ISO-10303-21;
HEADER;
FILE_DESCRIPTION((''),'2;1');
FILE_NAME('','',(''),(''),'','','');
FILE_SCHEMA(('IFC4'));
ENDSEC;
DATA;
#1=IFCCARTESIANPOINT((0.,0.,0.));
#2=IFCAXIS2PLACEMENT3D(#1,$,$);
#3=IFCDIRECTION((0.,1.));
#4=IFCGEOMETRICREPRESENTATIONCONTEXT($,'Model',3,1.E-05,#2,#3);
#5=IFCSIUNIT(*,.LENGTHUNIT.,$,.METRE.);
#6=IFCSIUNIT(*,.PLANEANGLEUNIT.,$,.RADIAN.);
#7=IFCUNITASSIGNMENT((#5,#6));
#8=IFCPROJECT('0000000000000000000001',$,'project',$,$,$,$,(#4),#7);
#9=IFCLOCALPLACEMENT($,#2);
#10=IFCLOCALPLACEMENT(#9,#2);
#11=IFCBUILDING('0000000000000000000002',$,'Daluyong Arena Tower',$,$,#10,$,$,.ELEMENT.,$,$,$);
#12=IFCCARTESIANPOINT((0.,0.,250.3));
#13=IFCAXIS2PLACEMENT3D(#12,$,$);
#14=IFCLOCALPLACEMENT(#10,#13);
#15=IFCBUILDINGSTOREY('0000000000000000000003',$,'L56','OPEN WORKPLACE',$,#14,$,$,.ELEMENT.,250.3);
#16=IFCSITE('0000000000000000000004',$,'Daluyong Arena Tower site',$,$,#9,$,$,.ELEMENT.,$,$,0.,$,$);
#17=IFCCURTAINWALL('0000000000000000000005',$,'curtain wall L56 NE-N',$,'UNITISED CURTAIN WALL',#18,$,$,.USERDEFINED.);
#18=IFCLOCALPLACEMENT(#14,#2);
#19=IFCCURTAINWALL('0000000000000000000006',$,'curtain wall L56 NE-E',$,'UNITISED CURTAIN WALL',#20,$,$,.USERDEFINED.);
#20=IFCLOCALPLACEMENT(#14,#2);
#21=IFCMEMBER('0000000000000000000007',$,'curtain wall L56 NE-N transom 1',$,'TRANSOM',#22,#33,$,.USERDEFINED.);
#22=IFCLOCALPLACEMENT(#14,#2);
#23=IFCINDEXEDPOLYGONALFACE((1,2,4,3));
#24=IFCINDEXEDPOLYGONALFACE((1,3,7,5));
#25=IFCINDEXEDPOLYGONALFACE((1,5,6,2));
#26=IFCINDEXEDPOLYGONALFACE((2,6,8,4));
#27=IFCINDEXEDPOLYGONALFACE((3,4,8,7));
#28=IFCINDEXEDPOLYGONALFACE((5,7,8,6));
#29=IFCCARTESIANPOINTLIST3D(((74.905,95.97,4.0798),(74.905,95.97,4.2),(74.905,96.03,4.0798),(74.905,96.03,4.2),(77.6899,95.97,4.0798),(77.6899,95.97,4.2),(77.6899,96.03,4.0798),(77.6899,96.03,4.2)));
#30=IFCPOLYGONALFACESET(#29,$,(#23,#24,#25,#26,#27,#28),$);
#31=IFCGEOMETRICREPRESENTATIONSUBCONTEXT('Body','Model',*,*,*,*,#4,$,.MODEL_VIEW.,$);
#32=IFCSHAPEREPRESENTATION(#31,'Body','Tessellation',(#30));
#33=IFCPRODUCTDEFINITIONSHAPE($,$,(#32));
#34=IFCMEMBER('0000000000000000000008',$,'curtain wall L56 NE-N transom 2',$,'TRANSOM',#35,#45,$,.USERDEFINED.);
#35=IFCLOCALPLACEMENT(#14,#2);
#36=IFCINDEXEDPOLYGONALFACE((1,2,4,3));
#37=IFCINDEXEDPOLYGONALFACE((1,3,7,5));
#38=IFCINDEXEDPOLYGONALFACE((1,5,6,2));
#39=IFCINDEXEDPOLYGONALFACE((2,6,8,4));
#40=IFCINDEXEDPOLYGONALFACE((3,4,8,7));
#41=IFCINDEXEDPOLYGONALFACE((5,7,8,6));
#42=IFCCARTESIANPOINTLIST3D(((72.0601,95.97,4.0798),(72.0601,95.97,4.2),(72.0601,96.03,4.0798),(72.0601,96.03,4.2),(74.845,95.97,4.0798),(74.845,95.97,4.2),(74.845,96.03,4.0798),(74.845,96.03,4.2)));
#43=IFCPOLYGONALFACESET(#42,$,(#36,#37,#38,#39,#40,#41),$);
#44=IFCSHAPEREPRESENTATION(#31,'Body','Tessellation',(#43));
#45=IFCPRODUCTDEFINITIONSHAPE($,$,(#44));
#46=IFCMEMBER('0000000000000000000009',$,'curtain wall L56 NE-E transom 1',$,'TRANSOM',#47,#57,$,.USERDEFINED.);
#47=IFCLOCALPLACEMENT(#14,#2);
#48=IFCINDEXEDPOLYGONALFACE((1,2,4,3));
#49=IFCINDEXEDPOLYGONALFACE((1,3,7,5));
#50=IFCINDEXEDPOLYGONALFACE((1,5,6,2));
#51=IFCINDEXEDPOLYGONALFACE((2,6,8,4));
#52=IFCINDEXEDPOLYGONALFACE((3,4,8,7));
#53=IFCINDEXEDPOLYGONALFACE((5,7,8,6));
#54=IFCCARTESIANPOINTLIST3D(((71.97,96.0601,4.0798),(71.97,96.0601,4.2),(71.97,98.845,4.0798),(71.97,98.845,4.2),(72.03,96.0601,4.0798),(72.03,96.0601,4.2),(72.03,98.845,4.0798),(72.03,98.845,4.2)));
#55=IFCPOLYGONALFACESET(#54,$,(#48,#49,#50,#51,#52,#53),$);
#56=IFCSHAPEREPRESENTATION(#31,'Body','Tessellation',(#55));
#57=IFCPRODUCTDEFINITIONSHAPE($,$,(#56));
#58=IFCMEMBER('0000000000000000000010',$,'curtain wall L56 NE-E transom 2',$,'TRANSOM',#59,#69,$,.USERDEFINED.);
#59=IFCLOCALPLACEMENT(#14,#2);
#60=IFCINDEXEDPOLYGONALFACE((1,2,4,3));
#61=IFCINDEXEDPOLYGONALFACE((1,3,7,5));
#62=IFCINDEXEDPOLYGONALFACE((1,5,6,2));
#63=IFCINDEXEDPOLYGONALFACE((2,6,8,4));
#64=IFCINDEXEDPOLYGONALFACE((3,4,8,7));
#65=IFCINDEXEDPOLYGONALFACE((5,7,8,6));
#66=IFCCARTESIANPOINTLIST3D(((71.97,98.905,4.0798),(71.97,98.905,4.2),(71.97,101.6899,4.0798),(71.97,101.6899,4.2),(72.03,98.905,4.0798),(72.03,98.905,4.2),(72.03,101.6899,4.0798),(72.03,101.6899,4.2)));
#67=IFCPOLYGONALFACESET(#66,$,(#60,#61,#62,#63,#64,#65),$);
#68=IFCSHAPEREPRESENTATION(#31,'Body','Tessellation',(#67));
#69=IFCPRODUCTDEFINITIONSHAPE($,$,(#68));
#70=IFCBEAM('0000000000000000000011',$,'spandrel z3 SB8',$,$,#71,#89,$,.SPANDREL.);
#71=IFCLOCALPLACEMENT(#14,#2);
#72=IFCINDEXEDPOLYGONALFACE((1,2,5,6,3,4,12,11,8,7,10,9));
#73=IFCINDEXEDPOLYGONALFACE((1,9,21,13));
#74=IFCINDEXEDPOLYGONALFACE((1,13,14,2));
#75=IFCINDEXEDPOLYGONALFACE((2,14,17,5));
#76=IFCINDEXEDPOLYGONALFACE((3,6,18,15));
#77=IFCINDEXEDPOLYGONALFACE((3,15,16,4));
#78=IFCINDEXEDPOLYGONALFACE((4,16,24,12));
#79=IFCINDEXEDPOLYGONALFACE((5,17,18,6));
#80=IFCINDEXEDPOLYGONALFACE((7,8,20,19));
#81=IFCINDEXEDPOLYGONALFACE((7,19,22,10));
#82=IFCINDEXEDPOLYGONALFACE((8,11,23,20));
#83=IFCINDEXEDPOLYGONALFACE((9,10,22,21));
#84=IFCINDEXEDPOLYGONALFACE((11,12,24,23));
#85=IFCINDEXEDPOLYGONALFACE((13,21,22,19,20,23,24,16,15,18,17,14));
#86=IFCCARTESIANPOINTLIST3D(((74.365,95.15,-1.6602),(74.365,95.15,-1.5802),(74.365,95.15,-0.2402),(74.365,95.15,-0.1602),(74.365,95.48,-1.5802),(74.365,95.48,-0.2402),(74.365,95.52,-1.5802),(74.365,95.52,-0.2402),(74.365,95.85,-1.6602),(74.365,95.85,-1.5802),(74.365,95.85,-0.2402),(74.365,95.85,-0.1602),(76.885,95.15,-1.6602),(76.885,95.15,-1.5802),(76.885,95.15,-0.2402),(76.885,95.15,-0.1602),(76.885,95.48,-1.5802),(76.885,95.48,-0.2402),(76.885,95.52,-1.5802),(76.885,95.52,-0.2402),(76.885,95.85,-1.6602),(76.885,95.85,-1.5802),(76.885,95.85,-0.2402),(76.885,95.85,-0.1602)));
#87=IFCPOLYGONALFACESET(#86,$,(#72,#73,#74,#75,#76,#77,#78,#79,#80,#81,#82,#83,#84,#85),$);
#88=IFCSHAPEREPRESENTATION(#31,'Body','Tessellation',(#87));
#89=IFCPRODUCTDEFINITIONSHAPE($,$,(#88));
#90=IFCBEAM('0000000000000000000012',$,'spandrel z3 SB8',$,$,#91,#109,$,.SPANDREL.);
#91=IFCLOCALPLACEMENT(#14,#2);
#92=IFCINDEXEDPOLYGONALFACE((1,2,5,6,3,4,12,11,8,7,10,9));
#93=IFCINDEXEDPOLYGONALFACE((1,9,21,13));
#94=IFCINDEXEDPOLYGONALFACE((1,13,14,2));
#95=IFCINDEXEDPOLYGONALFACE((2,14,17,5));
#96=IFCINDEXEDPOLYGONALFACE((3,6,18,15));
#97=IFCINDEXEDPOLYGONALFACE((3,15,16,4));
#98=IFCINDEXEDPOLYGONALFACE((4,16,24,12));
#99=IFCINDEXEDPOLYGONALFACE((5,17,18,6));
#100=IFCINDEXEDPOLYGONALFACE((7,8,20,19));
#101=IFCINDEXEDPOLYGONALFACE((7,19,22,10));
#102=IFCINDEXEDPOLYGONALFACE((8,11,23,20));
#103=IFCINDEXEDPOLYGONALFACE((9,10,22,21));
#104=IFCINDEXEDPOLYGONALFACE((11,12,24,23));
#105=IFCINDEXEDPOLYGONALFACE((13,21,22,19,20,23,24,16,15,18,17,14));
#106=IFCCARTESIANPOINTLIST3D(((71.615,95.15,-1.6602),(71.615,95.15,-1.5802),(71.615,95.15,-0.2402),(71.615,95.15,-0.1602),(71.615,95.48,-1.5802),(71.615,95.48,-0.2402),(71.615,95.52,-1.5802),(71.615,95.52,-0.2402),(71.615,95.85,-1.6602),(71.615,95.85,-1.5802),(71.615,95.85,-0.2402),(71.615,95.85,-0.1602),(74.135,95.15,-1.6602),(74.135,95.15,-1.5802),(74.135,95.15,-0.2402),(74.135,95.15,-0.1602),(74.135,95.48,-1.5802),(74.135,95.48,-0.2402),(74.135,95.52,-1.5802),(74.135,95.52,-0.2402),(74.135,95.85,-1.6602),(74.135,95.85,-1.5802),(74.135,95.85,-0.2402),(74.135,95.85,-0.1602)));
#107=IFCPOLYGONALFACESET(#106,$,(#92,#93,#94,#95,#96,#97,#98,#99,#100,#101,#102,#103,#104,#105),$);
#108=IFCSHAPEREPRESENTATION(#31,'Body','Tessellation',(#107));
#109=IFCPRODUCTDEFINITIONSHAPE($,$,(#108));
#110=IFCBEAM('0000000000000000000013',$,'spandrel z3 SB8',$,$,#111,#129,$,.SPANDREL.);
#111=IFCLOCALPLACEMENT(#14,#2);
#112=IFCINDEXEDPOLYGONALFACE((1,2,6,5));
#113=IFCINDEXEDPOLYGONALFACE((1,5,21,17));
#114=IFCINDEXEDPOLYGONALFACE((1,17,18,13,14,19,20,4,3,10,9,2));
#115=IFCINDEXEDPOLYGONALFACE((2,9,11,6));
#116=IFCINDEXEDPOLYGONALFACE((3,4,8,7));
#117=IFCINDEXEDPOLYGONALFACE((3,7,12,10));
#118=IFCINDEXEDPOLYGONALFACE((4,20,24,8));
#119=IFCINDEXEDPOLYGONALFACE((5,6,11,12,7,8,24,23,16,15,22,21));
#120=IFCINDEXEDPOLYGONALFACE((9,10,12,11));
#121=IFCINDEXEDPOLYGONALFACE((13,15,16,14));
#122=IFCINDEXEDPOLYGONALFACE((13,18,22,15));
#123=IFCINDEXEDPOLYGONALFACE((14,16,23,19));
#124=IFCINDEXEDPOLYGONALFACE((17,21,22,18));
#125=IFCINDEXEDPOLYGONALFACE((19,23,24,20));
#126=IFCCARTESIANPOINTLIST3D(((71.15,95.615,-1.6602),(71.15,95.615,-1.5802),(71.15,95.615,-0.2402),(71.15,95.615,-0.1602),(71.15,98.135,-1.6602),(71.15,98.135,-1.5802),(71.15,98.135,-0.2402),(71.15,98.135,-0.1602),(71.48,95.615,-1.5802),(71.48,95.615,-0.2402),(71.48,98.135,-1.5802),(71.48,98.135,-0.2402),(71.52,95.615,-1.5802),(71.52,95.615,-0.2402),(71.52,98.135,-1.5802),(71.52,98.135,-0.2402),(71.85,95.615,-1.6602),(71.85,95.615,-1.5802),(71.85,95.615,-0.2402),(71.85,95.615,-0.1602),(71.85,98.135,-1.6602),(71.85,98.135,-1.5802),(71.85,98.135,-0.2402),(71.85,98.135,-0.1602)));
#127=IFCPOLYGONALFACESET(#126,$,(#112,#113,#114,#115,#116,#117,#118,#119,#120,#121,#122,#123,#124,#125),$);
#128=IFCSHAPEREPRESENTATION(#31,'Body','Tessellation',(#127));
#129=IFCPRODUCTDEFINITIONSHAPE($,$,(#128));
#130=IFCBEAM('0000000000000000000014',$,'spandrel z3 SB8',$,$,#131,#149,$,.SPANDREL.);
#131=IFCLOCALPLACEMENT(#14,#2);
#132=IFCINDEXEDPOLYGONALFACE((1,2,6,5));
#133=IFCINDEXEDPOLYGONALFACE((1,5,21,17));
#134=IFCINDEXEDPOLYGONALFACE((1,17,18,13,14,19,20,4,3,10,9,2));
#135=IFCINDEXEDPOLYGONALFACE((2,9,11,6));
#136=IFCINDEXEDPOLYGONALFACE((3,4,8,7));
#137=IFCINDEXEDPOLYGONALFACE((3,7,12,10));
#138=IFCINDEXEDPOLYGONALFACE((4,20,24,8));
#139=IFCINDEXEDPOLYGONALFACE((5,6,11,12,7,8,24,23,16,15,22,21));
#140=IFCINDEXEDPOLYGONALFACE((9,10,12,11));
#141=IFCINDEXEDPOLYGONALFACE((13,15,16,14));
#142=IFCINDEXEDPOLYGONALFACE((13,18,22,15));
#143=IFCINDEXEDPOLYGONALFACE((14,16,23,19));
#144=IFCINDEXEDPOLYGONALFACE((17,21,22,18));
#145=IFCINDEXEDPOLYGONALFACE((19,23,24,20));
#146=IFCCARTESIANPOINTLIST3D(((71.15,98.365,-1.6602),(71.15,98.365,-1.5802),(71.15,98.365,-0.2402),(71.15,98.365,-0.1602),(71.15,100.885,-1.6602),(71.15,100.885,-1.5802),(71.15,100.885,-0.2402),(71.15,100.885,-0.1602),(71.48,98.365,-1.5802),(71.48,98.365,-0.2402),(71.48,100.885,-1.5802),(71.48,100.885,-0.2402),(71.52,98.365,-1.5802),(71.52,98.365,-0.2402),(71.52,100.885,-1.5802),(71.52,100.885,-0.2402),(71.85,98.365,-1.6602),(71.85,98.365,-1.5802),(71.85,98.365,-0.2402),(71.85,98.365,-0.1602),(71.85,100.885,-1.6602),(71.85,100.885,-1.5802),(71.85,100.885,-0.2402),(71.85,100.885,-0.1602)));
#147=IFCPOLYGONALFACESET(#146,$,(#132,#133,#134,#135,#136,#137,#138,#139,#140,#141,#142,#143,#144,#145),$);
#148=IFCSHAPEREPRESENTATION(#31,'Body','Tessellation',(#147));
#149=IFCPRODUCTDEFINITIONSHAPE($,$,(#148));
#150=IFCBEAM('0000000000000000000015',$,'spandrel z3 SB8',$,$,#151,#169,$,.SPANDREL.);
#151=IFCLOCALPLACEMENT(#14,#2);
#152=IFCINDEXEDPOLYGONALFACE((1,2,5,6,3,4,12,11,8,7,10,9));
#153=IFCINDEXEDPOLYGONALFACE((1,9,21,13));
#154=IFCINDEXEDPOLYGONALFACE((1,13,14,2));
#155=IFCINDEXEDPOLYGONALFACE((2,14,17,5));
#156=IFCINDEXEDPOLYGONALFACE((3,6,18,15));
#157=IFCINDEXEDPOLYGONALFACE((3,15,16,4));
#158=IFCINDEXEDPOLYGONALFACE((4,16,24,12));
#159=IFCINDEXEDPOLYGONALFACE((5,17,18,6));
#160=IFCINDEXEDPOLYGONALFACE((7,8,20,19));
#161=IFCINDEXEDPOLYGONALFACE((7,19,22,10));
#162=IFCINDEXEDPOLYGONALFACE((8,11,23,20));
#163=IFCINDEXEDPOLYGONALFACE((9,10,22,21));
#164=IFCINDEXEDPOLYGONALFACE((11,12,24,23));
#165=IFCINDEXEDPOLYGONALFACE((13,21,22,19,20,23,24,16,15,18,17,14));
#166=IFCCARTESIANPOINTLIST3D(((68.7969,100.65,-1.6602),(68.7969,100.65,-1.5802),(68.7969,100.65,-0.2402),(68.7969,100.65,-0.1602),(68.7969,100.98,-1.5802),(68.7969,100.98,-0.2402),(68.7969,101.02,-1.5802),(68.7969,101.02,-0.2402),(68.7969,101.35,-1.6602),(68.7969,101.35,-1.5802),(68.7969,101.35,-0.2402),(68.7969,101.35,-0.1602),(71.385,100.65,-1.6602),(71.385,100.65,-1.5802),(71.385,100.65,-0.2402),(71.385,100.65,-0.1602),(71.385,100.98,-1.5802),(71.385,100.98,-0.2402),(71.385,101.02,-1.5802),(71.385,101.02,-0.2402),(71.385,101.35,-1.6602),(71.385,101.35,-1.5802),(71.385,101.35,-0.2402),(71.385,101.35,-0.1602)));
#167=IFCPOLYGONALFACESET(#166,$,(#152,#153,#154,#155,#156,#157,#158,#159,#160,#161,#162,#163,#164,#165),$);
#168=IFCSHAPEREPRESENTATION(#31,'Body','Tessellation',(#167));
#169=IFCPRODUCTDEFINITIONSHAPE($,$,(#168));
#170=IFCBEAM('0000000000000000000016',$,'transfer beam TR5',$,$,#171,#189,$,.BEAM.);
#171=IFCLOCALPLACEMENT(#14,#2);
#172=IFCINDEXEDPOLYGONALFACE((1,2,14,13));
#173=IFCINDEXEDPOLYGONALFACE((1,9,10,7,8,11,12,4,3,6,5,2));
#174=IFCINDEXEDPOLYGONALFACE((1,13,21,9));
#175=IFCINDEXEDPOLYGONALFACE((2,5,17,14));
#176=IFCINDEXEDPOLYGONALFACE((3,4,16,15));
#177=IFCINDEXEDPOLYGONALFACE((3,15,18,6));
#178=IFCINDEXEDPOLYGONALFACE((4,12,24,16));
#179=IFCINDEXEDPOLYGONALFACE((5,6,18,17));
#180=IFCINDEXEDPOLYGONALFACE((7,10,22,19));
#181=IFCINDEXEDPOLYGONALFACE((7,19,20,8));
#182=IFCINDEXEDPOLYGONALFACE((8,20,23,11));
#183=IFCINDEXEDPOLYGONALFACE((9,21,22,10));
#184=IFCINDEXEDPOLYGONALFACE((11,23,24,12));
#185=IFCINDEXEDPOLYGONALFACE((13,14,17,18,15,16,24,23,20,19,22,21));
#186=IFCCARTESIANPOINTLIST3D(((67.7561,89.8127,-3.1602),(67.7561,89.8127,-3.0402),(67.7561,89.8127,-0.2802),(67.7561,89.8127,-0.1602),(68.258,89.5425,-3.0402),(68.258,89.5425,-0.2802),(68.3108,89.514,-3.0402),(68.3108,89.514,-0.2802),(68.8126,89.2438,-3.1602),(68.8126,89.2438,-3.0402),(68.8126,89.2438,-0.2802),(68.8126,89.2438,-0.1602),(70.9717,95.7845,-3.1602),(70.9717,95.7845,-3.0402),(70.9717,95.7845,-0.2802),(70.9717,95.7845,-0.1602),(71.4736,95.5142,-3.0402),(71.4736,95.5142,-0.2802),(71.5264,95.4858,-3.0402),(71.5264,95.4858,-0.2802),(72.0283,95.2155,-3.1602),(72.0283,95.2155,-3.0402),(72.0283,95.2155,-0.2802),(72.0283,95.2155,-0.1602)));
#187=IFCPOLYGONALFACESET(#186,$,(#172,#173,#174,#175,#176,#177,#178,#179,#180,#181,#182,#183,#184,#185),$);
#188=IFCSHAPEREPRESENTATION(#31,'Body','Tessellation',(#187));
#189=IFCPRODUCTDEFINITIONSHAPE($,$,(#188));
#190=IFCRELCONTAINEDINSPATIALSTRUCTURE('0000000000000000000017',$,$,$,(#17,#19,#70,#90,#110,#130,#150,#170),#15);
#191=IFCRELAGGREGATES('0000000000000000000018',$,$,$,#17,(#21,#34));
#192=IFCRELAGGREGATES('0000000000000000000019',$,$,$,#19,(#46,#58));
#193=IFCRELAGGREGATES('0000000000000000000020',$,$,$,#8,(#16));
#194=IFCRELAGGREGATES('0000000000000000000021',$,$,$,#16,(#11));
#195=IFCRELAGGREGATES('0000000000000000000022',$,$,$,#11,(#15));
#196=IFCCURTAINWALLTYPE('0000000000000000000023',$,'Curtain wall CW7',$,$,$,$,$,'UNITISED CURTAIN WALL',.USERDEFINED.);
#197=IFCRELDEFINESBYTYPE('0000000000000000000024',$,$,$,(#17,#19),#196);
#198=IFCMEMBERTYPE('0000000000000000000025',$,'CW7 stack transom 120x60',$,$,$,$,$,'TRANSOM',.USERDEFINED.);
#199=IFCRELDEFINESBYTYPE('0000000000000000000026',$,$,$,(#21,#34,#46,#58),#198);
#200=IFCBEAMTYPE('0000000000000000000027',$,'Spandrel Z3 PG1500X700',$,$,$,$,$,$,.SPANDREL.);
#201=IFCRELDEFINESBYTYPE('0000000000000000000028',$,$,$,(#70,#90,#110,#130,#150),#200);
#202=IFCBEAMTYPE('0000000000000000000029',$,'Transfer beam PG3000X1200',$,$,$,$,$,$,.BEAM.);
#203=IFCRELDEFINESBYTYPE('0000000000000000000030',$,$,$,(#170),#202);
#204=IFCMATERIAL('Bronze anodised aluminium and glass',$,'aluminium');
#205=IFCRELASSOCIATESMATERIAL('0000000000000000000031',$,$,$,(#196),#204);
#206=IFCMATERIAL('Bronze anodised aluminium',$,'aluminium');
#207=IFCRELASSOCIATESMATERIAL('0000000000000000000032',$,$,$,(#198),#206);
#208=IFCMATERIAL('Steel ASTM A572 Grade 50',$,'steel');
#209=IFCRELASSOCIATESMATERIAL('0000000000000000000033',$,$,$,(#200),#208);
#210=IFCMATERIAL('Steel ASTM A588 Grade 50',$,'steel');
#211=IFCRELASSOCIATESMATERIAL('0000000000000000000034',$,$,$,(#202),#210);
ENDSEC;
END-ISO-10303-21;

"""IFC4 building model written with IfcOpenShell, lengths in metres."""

from ifc_helpers import new_model, si_unit, direction, frame, origin, origin_2d, place, context, subcontext, project, spatial, rectangle, i_section, extrude, material, material_profile, profile_set, type_object, element, aggregate, save


model = new_model("IFC4")

# Units and contexts
model_context = context("Model", 3, precision=1e-05, world=origin(), true_north=direction((0.0, 1.0)))
body_context = subcontext(model_context, "Body", "Model", "MODEL_VIEW")
ifc_project = project(units=[si_unit("LENGTHUNIT", "METRE"), si_unit("PLANEANGLEUNIT", "RADIAN")], contexts=[model_context])

# Site, building, storey
site_placement = place(None, origin())
site = spatial("IfcSite", under=ifc_project, at=site_placement, Name="Daluyong Arena Tower site", CompositionType="ELEMENT", RefElevation=0.0)
building_placement = place(site_placement, origin())
building = spatial("IfcBuilding", under=site, at=building_placement, Name="Daluyong Arena Tower", CompositionType="ELEMENT")
storey_placement = place(building_placement, frame((0.0, 0.0, 250.3)))
storey = spatial("IfcBuildingStorey", under=building, at=storey_placement, Name="L56", Description="OPEN WORKPLACE", CompositionType="ELEMENT", Elevation=250.3)

# Curtain walls
ifc_material_1 = material(Name="Bronze anodised aluminium and glass", Category="aluminium")
curtain_wall_type_1 = type_object("IfcCurtainWallType", Name="Curtain wall CW7", ElementType="UNITISED CURTAIN WALL", PredefinedType="USERDEFINED", material=ifc_material_1)
curtain_wall_1_placement = place(storey_placement, origin())
curtain_wall_1 = element("IfcCurtainWall", 1, at=curtain_wall_1_placement, inside=storey, type_object=curtain_wall_type_1, Name="curtain wall L56 NE-N", ObjectType="UNITISED CURTAIN WALL", PredefinedType="USERDEFINED")
curtain_wall_2_placement = place(storey_placement, origin())
curtain_wall_2 = element("IfcCurtainWall", 2, at=curtain_wall_2_placement, inside=storey, type_object=curtain_wall_type_1, Name="curtain wall L56 NE-E", ObjectType="UNITISED CURTAIN WALL", PredefinedType="USERDEFINED")

# Members
ifc_material_2 = material(Name="Bronze anodised aluminium", Category="aluminium")
ifc_material_profile_1 = material_profile(ifc_material_2, rectangle(XDim=0.0601, YDim=0.1201, at=origin_2d()))
ifc_profile_set_1 = profile_set([ifc_material_profile_1], Name="Bronze anodised aluminium")
member_type_1 = type_object("IfcMemberType", Name="CW7 stack transom 120x60", ElementType="TRANSOM", PredefinedType="USERDEFINED", material=ifc_profile_set_1)
member_1_placement = place(storey_placement, frame((77.6899, 96.0, 4.1399), z_axis=(-1.0, 0.0, 0.0), x_axis=(0.0, -1.0, 0.0)))
member_1 = element("IfcMember", 3, at=member_1_placement, type_object=member_type_1, Name="curtain wall L56 NE-N transom 1", ObjectType="TRANSOM", PredefinedType="USERDEFINED", context=body_context, shape_type="SweptSolid", body=[
    extrude(rectangle(XDim=0.0601, YDim=0.1201, at=origin_2d()), origin(), (0.0, 0.0, 1.0), 2.7849),
])
member_2_placement = place(storey_placement, frame((74.845, 96.0, 4.1399), z_axis=(-1.0, 0.0, 0.0), x_axis=(0.0, -1.0, 0.0)))
member_2 = element("IfcMember", 4, at=member_2_placement, type_object=member_type_1, Name="curtain wall L56 NE-N transom 2", ObjectType="TRANSOM", PredefinedType="USERDEFINED", context=body_context, shape_type="SweptSolid", body=[
    extrude(rectangle(XDim=0.0601, YDim=0.1201, at=origin_2d()), origin(), (0.0, 0.0, 1.0), 2.7849),
])
member_3_placement = place(storey_placement, frame((72.0, 96.0601, 4.1399), z_axis=(0.0, 1.0, 0.0), x_axis=(-1.0, 0.0, 0.0)))
member_3 = element("IfcMember", 5, at=member_3_placement, type_object=member_type_1, Name="curtain wall L56 NE-E transom 1", ObjectType="TRANSOM", PredefinedType="USERDEFINED", context=body_context, shape_type="SweptSolid", body=[
    extrude(rectangle(XDim=0.0601, YDim=0.1201, at=origin_2d()), origin(), (0.0, 0.0, 1.0), 2.7849),
])
member_4_placement = place(storey_placement, frame((72.0, 98.905, 4.1399), z_axis=(0.0, 1.0, 0.0), x_axis=(-1.0, 0.0, 0.0)))
member_4 = element("IfcMember", 6, at=member_4_placement, type_object=member_type_1, Name="curtain wall L56 NE-E transom 2", ObjectType="TRANSOM", PredefinedType="USERDEFINED", context=body_context, shape_type="SweptSolid", body=[
    extrude(rectangle(XDim=0.0601, YDim=0.1201, at=origin_2d()), origin(), (0.0, 0.0, 1.0), 2.7849),
])

# Beams
ifc_material_3 = material(Name="Steel ASTM A572 Grade 50", Category="steel")
ifc_material_profile_2 = material_profile(ifc_material_3, i_section(OverallWidth=0.7, OverallDepth=1.5, WebThickness=0.04, FlangeThickness=0.08, at=origin_2d()))
ifc_profile_set_2 = profile_set([ifc_material_profile_2], Name="Steel ASTM A572 Grade 50")
beam_type_1 = type_object("IfcBeamType", Name="Spandrel Z3 PG1500X700", PredefinedType="SPANDREL", material=ifc_profile_set_2)
for number, where, z_axis, x_axis, name in (
    (7, (76.885, 95.5, -0.9102), (-1.0, 0.0, 0.0), (0.0, -1.0, 0.0), "spandrel z3 SB8"),
    (8, (74.135, 95.5, -0.9102), (-1.0, 0.0, 0.0), (0.0, -1.0, 0.0), "spandrel z3 SB8"),
    (9, (71.5, 95.615, -0.9102), (0.0, 1.0, 0.0), (-1.0, 0.0, 0.0), "spandrel z3 SB8"),
    (10, (71.5, 98.365, -0.9102), (0.0, 1.0, 0.0), (-1.0, 0.0, 0.0), "spandrel z3 SB8"),
):
    element("IfcBeam", number, at=place(storey_placement, frame(where, z_axis=z_axis, x_axis=x_axis)), inside=storey, type_object=beam_type_1, Name=name, PredefinedType="SPANDREL", context=body_context, shape_type="SweptSolid", body=[
        extrude(i_section(OverallWidth=0.7, OverallDepth=1.5, WebThickness=0.04, FlangeThickness=0.08, at=origin_2d()), origin(), (0.0, 0.0, 1.0), 2.52),
    ])
beam_1_placement = place(storey_placement, frame((71.385, 101.0, -0.9102), z_axis=(-1.0, 0.0, 0.0), x_axis=(0.0, -1.0, 0.0)))
element("IfcBeam", 11, at=beam_1_placement, inside=storey, type_object=beam_type_1, Name="spandrel z3 SB8", PredefinedType="SPANDREL", context=body_context, shape_type="SweptSolid", body=[
    extrude(i_section(OverallWidth=0.7, OverallDepth=1.5, WebThickness=0.04, FlangeThickness=0.08, at=origin_2d()), origin(), (0.0, 0.0, 1.0), 2.5881),
])
ifc_material_4 = material(Name="Steel ASTM A588 Grade 50", Category="steel")
ifc_material_profile_3 = material_profile(ifc_material_4, i_section(OverallWidth=1.2, OverallDepth=3.0, WebThickness=0.06, FlangeThickness=0.12, at=origin_2d()))
ifc_profile_set_3 = profile_set([ifc_material_profile_3], Name="Steel ASTM A588 Grade 50")
beam_type_2 = type_object("IfcBeamType", Name="Transfer beam PG3000X1200", PredefinedType="BEAM", material=ifc_profile_set_3)
beam_2_placement = place(storey_placement, frame((71.5, 95.5, -1.6602), z_axis=(-0.474106, -0.880468, 0.0), x_axis=(0.880468, -0.474106, 0.0)))
element("IfcBeam", 12, at=beam_2_placement, inside=storey, type_object=beam_type_2, Name="transfer beam TR5", PredefinedType="BEAM", context=body_context, shape_type="SweptSolid", body=[
    extrude(i_section(OverallWidth=1.2, OverallDepth=3.0, WebThickness=0.06, FlangeThickness=0.12, at=origin_2d()), origin(), (0.0, 0.0, 1.0), 6.7825),
])

aggregate(curtain_wall_1, [member_1, member_2])
aggregate(curtain_wall_2, [member_3, member_4])

save(model, "model.ifc")
